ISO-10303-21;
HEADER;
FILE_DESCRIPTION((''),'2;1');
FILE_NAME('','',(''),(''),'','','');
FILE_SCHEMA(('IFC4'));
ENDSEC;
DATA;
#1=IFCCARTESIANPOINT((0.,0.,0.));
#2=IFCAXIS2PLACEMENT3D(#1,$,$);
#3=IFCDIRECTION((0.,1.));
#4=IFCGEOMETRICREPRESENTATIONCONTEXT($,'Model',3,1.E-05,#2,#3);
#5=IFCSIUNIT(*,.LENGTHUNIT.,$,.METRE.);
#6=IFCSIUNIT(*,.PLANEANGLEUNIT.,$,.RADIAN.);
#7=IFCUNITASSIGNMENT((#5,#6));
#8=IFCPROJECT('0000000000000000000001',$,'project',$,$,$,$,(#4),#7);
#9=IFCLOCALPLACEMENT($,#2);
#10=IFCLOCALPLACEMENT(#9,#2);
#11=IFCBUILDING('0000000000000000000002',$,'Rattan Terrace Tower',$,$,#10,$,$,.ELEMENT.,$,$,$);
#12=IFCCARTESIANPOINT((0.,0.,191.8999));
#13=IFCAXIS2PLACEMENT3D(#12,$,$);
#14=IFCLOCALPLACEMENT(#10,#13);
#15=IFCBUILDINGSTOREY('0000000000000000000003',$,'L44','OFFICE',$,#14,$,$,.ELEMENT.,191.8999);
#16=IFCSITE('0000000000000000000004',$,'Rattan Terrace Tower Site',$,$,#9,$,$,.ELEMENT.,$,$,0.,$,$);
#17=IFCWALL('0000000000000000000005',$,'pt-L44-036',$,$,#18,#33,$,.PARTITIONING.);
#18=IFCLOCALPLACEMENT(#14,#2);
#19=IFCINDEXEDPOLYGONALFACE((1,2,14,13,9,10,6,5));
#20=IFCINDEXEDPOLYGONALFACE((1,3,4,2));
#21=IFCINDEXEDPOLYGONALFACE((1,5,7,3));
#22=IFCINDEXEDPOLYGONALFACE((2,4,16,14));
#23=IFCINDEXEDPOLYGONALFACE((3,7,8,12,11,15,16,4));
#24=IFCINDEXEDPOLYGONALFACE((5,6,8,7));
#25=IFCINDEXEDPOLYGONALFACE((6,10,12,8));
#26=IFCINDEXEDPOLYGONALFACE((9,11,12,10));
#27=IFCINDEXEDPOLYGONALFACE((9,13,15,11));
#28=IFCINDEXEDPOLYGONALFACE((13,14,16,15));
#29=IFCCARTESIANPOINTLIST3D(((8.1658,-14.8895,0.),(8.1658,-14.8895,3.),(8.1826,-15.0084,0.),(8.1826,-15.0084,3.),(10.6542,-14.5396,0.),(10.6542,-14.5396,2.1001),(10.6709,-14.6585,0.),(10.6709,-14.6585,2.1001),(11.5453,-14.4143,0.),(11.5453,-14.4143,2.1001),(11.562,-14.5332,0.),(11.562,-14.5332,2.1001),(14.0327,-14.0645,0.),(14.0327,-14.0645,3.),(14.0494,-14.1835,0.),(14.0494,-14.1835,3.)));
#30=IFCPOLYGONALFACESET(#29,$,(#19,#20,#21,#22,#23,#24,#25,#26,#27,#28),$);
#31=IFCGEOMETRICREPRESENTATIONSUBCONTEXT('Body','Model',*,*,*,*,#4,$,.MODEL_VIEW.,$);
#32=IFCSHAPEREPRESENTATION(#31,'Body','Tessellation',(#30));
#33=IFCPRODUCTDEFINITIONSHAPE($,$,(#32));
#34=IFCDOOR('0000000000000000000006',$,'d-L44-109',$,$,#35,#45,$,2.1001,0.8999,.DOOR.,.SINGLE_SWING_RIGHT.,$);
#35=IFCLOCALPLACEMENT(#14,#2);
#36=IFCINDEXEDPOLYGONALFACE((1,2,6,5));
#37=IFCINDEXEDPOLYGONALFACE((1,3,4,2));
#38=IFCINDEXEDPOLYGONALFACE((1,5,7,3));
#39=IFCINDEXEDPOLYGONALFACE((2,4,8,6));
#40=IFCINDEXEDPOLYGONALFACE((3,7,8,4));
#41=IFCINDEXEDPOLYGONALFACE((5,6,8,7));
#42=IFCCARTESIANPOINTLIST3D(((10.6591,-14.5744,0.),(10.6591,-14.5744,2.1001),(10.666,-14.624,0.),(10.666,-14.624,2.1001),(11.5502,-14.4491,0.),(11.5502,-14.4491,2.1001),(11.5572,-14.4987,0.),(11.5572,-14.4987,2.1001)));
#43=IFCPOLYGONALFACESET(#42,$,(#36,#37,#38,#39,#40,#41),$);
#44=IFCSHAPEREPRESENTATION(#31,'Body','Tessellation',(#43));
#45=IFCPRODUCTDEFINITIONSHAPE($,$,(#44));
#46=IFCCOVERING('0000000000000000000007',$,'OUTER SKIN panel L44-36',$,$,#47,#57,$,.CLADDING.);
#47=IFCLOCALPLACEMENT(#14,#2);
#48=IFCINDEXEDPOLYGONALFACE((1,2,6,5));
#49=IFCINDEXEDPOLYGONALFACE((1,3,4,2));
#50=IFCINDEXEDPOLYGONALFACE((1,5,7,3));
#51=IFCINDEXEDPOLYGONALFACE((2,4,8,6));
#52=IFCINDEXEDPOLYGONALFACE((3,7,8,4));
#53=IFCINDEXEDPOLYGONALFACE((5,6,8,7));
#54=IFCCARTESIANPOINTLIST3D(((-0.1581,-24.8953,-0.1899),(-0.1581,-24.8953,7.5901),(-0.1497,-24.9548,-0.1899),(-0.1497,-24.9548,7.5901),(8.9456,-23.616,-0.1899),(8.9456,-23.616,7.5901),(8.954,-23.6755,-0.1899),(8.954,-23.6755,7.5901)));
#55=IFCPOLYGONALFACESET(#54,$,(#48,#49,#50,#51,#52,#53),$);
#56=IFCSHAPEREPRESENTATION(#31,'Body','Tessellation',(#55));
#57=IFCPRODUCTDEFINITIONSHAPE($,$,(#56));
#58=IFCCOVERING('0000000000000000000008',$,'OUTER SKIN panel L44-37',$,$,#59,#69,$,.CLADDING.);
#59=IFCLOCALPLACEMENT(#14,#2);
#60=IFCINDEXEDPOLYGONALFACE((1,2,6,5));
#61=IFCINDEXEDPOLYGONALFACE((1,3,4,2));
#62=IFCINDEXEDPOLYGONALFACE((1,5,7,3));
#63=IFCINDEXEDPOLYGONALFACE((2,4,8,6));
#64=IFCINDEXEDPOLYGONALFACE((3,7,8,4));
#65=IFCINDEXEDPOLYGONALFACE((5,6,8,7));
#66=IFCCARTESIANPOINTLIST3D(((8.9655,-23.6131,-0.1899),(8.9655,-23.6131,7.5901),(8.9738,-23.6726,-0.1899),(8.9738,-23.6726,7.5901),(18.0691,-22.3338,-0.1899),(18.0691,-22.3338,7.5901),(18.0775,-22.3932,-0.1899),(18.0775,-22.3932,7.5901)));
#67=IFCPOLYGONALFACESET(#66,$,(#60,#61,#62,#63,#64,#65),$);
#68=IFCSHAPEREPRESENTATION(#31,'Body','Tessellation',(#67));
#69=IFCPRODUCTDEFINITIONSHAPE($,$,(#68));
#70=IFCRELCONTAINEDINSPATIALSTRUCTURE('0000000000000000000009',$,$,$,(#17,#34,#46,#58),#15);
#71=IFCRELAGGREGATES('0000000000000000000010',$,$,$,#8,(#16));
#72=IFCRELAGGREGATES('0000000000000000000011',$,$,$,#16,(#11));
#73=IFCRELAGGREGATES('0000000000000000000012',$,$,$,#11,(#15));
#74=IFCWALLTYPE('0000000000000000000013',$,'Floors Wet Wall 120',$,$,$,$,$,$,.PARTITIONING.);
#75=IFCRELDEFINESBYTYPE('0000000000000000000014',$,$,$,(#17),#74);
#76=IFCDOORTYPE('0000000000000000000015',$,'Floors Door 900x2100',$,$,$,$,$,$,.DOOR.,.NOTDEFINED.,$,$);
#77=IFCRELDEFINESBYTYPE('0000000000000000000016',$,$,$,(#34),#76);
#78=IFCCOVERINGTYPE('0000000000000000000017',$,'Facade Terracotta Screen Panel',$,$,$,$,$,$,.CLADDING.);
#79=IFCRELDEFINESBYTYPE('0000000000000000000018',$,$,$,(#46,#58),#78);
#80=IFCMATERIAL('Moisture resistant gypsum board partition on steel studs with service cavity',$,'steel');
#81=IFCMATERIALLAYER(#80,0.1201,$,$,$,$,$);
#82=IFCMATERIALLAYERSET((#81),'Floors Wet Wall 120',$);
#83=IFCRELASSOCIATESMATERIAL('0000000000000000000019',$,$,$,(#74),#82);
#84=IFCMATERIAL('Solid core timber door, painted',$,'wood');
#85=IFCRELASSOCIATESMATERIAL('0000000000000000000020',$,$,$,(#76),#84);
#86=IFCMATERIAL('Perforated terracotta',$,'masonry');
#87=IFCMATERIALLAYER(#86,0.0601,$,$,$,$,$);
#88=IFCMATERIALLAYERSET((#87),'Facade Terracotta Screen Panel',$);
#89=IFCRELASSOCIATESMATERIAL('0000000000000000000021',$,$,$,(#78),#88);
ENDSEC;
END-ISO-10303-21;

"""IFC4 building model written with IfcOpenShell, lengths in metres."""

from ifc_helpers import new_model, si_unit, direction, frame, frame_2d, origin, origin_2d, place, context, subcontext, project, spatial, rectangle, extrude, material, layer, layer_set, type_object, element, fill, save


model = new_model("IFC4")

# Units and contexts
model_context = context("Model", 3, precision=1e-05, world=origin(), true_north=direction((0.0, 1.0)))
body_context = subcontext(model_context, "Body", "Model", "MODEL_VIEW")
ifc_project = project(units=[si_unit("LENGTHUNIT", "METRE"), si_unit("PLANEANGLEUNIT", "RADIAN")], contexts=[model_context])

# Site, building, storey
site_placement = place(None, origin())
site = spatial("IfcSite", under=ifc_project, at=site_placement, Name="Rattan Terrace Tower Site", CompositionType="ELEMENT", RefElevation=0.0)
building_placement = place(site_placement, origin())
building = spatial("IfcBuilding", under=site, at=building_placement, Name="Rattan Terrace Tower", CompositionType="ELEMENT")
storey_placement = place(building_placement, frame((0.0, 0.0, 191.8999)))
storey = spatial("IfcBuildingStorey", under=building, at=storey_placement, Name="L44", Description="OFFICE", CompositionType="ELEMENT", Elevation=191.8999)

# Wall, opening, door
ifc_material_1 = material(Name="Moisture resistant gypsum board partition on steel studs with service cavity", Category="steel")
ifc_layer_1 = layer(ifc_material_1, 0.1201)
ifc_layer_set_1 = layer_set([ifc_layer_1], Name="Floors Wet Wall 120")
wall_type_1 = type_object("IfcWallType", Name="Floors Wet Wall 120", PredefinedType="PARTITIONING", material=ifc_layer_set_1)
wall_1_placement = place(storey_placement, frame((8.1741, -14.949, 0.0), z_axis=(0.0, 0.0, 1.0), x_axis=(0.990259, 0.13924, 0.0)))
wall_1 = element("IfcWall", 1, at=wall_1_placement, inside=storey, type_object=wall_type_1, Name="pt-L44-036", PredefinedType="PARTITIONING", context=body_context, shape_type="SweptSolid", body=[
    extrude(rectangle(XDim=5.9246, YDim=0.1201, at=frame_2d((2.9624, 0.0))), origin(), (0.0, 0.0, 1.0), 3.0),
])
opening_1_placement = place(wall_1_placement, frame((2.5129, 0.0, 0.0)))
opening_1 = element("IfcOpeningElement", 2, at=opening_1_placement, cuts=wall_1, PredefinedType="OPENING", context=body_context, shape_type="SweptSolid", body=[
    extrude(rectangle(XDim=0.8999, YDim=2.1001, at=frame_2d((0.45, 1.05))), frame((0.0, 0.0706, 0.0), z_axis=(0.0, -1.0, 0.0), x_axis=(1.0, 0.0, 0.0)), (0.0, 0.0, 1.0), 0.1411),
])
ifc_material_2 = material(Name="Solid core timber door, painted", Category="wood")
door_type_1 = type_object("IfcDoorType", Name="Floors Door 900x2100", OperationType="NOTDEFINED", PredefinedType="DOOR", material=ifc_material_2)
door_1_placement = place(opening_1_placement, origin())
door_1 = element("IfcDoor", 3, at=door_1_placement, inside=storey, type_object=door_type_1, Name="d-L44-109", OperationType="SINGLE_SWING_RIGHT", OverallHeight=2.1001, OverallWidth=0.8999, PredefinedType="DOOR", context=body_context, shape_type="SweptSolid", body=[
    extrude(rectangle(XDim=0.8999, YDim=2.1001, at=frame_2d((0.45, 1.05))), frame((0.0, 0.0249, 0.0), z_axis=(0.0, -1.0, 0.0), x_axis=(1.0, 0.0, 0.0)), (0.0, 0.0, 1.0), 0.05),
])
fill(opening_1, door_1)

# Coverings
ifc_material_3 = material(Name="Perforated terracotta", Category="masonry")
ifc_layer_2 = layer(ifc_material_3, 0.0601)
ifc_layer_set_2 = layer_set([ifc_layer_2], Name="Facade Terracotta Screen Panel")
covering_type = type_object("IfcCoveringType", Name="Facade Terracotta Screen Panel", PredefinedType="CLADDING", material=ifc_layer_set_2)
for number, where, z_axis, x_axis, name in (
    (4, (4.3979, -24.2854, -0.1899), (0.0, 0.0, 1.0), (0.99027, 0.139161, 0.0), "OUTER SKIN panel L44-36"),
    (5, (13.5215, -23.0032, -0.1899), (0.0, 0.0, 1.0), (0.99027, 0.139161, 0.0), "OUTER SKIN panel L44-37"),
):
    element("IfcCovering", number, at=place(storey_placement, frame(where, z_axis=z_axis, x_axis=x_axis)), inside=storey, type_object=covering_type, Name=name, PredefinedType="CLADDING", context=body_context, shape_type="SweptSolid", body=[
        extrude(rectangle(XDim=9.1931, YDim=0.0601, at=origin_2d()), origin(), (0.0, 0.0, 1.0), 7.78),
    ])

save(model, "model.ifc")
